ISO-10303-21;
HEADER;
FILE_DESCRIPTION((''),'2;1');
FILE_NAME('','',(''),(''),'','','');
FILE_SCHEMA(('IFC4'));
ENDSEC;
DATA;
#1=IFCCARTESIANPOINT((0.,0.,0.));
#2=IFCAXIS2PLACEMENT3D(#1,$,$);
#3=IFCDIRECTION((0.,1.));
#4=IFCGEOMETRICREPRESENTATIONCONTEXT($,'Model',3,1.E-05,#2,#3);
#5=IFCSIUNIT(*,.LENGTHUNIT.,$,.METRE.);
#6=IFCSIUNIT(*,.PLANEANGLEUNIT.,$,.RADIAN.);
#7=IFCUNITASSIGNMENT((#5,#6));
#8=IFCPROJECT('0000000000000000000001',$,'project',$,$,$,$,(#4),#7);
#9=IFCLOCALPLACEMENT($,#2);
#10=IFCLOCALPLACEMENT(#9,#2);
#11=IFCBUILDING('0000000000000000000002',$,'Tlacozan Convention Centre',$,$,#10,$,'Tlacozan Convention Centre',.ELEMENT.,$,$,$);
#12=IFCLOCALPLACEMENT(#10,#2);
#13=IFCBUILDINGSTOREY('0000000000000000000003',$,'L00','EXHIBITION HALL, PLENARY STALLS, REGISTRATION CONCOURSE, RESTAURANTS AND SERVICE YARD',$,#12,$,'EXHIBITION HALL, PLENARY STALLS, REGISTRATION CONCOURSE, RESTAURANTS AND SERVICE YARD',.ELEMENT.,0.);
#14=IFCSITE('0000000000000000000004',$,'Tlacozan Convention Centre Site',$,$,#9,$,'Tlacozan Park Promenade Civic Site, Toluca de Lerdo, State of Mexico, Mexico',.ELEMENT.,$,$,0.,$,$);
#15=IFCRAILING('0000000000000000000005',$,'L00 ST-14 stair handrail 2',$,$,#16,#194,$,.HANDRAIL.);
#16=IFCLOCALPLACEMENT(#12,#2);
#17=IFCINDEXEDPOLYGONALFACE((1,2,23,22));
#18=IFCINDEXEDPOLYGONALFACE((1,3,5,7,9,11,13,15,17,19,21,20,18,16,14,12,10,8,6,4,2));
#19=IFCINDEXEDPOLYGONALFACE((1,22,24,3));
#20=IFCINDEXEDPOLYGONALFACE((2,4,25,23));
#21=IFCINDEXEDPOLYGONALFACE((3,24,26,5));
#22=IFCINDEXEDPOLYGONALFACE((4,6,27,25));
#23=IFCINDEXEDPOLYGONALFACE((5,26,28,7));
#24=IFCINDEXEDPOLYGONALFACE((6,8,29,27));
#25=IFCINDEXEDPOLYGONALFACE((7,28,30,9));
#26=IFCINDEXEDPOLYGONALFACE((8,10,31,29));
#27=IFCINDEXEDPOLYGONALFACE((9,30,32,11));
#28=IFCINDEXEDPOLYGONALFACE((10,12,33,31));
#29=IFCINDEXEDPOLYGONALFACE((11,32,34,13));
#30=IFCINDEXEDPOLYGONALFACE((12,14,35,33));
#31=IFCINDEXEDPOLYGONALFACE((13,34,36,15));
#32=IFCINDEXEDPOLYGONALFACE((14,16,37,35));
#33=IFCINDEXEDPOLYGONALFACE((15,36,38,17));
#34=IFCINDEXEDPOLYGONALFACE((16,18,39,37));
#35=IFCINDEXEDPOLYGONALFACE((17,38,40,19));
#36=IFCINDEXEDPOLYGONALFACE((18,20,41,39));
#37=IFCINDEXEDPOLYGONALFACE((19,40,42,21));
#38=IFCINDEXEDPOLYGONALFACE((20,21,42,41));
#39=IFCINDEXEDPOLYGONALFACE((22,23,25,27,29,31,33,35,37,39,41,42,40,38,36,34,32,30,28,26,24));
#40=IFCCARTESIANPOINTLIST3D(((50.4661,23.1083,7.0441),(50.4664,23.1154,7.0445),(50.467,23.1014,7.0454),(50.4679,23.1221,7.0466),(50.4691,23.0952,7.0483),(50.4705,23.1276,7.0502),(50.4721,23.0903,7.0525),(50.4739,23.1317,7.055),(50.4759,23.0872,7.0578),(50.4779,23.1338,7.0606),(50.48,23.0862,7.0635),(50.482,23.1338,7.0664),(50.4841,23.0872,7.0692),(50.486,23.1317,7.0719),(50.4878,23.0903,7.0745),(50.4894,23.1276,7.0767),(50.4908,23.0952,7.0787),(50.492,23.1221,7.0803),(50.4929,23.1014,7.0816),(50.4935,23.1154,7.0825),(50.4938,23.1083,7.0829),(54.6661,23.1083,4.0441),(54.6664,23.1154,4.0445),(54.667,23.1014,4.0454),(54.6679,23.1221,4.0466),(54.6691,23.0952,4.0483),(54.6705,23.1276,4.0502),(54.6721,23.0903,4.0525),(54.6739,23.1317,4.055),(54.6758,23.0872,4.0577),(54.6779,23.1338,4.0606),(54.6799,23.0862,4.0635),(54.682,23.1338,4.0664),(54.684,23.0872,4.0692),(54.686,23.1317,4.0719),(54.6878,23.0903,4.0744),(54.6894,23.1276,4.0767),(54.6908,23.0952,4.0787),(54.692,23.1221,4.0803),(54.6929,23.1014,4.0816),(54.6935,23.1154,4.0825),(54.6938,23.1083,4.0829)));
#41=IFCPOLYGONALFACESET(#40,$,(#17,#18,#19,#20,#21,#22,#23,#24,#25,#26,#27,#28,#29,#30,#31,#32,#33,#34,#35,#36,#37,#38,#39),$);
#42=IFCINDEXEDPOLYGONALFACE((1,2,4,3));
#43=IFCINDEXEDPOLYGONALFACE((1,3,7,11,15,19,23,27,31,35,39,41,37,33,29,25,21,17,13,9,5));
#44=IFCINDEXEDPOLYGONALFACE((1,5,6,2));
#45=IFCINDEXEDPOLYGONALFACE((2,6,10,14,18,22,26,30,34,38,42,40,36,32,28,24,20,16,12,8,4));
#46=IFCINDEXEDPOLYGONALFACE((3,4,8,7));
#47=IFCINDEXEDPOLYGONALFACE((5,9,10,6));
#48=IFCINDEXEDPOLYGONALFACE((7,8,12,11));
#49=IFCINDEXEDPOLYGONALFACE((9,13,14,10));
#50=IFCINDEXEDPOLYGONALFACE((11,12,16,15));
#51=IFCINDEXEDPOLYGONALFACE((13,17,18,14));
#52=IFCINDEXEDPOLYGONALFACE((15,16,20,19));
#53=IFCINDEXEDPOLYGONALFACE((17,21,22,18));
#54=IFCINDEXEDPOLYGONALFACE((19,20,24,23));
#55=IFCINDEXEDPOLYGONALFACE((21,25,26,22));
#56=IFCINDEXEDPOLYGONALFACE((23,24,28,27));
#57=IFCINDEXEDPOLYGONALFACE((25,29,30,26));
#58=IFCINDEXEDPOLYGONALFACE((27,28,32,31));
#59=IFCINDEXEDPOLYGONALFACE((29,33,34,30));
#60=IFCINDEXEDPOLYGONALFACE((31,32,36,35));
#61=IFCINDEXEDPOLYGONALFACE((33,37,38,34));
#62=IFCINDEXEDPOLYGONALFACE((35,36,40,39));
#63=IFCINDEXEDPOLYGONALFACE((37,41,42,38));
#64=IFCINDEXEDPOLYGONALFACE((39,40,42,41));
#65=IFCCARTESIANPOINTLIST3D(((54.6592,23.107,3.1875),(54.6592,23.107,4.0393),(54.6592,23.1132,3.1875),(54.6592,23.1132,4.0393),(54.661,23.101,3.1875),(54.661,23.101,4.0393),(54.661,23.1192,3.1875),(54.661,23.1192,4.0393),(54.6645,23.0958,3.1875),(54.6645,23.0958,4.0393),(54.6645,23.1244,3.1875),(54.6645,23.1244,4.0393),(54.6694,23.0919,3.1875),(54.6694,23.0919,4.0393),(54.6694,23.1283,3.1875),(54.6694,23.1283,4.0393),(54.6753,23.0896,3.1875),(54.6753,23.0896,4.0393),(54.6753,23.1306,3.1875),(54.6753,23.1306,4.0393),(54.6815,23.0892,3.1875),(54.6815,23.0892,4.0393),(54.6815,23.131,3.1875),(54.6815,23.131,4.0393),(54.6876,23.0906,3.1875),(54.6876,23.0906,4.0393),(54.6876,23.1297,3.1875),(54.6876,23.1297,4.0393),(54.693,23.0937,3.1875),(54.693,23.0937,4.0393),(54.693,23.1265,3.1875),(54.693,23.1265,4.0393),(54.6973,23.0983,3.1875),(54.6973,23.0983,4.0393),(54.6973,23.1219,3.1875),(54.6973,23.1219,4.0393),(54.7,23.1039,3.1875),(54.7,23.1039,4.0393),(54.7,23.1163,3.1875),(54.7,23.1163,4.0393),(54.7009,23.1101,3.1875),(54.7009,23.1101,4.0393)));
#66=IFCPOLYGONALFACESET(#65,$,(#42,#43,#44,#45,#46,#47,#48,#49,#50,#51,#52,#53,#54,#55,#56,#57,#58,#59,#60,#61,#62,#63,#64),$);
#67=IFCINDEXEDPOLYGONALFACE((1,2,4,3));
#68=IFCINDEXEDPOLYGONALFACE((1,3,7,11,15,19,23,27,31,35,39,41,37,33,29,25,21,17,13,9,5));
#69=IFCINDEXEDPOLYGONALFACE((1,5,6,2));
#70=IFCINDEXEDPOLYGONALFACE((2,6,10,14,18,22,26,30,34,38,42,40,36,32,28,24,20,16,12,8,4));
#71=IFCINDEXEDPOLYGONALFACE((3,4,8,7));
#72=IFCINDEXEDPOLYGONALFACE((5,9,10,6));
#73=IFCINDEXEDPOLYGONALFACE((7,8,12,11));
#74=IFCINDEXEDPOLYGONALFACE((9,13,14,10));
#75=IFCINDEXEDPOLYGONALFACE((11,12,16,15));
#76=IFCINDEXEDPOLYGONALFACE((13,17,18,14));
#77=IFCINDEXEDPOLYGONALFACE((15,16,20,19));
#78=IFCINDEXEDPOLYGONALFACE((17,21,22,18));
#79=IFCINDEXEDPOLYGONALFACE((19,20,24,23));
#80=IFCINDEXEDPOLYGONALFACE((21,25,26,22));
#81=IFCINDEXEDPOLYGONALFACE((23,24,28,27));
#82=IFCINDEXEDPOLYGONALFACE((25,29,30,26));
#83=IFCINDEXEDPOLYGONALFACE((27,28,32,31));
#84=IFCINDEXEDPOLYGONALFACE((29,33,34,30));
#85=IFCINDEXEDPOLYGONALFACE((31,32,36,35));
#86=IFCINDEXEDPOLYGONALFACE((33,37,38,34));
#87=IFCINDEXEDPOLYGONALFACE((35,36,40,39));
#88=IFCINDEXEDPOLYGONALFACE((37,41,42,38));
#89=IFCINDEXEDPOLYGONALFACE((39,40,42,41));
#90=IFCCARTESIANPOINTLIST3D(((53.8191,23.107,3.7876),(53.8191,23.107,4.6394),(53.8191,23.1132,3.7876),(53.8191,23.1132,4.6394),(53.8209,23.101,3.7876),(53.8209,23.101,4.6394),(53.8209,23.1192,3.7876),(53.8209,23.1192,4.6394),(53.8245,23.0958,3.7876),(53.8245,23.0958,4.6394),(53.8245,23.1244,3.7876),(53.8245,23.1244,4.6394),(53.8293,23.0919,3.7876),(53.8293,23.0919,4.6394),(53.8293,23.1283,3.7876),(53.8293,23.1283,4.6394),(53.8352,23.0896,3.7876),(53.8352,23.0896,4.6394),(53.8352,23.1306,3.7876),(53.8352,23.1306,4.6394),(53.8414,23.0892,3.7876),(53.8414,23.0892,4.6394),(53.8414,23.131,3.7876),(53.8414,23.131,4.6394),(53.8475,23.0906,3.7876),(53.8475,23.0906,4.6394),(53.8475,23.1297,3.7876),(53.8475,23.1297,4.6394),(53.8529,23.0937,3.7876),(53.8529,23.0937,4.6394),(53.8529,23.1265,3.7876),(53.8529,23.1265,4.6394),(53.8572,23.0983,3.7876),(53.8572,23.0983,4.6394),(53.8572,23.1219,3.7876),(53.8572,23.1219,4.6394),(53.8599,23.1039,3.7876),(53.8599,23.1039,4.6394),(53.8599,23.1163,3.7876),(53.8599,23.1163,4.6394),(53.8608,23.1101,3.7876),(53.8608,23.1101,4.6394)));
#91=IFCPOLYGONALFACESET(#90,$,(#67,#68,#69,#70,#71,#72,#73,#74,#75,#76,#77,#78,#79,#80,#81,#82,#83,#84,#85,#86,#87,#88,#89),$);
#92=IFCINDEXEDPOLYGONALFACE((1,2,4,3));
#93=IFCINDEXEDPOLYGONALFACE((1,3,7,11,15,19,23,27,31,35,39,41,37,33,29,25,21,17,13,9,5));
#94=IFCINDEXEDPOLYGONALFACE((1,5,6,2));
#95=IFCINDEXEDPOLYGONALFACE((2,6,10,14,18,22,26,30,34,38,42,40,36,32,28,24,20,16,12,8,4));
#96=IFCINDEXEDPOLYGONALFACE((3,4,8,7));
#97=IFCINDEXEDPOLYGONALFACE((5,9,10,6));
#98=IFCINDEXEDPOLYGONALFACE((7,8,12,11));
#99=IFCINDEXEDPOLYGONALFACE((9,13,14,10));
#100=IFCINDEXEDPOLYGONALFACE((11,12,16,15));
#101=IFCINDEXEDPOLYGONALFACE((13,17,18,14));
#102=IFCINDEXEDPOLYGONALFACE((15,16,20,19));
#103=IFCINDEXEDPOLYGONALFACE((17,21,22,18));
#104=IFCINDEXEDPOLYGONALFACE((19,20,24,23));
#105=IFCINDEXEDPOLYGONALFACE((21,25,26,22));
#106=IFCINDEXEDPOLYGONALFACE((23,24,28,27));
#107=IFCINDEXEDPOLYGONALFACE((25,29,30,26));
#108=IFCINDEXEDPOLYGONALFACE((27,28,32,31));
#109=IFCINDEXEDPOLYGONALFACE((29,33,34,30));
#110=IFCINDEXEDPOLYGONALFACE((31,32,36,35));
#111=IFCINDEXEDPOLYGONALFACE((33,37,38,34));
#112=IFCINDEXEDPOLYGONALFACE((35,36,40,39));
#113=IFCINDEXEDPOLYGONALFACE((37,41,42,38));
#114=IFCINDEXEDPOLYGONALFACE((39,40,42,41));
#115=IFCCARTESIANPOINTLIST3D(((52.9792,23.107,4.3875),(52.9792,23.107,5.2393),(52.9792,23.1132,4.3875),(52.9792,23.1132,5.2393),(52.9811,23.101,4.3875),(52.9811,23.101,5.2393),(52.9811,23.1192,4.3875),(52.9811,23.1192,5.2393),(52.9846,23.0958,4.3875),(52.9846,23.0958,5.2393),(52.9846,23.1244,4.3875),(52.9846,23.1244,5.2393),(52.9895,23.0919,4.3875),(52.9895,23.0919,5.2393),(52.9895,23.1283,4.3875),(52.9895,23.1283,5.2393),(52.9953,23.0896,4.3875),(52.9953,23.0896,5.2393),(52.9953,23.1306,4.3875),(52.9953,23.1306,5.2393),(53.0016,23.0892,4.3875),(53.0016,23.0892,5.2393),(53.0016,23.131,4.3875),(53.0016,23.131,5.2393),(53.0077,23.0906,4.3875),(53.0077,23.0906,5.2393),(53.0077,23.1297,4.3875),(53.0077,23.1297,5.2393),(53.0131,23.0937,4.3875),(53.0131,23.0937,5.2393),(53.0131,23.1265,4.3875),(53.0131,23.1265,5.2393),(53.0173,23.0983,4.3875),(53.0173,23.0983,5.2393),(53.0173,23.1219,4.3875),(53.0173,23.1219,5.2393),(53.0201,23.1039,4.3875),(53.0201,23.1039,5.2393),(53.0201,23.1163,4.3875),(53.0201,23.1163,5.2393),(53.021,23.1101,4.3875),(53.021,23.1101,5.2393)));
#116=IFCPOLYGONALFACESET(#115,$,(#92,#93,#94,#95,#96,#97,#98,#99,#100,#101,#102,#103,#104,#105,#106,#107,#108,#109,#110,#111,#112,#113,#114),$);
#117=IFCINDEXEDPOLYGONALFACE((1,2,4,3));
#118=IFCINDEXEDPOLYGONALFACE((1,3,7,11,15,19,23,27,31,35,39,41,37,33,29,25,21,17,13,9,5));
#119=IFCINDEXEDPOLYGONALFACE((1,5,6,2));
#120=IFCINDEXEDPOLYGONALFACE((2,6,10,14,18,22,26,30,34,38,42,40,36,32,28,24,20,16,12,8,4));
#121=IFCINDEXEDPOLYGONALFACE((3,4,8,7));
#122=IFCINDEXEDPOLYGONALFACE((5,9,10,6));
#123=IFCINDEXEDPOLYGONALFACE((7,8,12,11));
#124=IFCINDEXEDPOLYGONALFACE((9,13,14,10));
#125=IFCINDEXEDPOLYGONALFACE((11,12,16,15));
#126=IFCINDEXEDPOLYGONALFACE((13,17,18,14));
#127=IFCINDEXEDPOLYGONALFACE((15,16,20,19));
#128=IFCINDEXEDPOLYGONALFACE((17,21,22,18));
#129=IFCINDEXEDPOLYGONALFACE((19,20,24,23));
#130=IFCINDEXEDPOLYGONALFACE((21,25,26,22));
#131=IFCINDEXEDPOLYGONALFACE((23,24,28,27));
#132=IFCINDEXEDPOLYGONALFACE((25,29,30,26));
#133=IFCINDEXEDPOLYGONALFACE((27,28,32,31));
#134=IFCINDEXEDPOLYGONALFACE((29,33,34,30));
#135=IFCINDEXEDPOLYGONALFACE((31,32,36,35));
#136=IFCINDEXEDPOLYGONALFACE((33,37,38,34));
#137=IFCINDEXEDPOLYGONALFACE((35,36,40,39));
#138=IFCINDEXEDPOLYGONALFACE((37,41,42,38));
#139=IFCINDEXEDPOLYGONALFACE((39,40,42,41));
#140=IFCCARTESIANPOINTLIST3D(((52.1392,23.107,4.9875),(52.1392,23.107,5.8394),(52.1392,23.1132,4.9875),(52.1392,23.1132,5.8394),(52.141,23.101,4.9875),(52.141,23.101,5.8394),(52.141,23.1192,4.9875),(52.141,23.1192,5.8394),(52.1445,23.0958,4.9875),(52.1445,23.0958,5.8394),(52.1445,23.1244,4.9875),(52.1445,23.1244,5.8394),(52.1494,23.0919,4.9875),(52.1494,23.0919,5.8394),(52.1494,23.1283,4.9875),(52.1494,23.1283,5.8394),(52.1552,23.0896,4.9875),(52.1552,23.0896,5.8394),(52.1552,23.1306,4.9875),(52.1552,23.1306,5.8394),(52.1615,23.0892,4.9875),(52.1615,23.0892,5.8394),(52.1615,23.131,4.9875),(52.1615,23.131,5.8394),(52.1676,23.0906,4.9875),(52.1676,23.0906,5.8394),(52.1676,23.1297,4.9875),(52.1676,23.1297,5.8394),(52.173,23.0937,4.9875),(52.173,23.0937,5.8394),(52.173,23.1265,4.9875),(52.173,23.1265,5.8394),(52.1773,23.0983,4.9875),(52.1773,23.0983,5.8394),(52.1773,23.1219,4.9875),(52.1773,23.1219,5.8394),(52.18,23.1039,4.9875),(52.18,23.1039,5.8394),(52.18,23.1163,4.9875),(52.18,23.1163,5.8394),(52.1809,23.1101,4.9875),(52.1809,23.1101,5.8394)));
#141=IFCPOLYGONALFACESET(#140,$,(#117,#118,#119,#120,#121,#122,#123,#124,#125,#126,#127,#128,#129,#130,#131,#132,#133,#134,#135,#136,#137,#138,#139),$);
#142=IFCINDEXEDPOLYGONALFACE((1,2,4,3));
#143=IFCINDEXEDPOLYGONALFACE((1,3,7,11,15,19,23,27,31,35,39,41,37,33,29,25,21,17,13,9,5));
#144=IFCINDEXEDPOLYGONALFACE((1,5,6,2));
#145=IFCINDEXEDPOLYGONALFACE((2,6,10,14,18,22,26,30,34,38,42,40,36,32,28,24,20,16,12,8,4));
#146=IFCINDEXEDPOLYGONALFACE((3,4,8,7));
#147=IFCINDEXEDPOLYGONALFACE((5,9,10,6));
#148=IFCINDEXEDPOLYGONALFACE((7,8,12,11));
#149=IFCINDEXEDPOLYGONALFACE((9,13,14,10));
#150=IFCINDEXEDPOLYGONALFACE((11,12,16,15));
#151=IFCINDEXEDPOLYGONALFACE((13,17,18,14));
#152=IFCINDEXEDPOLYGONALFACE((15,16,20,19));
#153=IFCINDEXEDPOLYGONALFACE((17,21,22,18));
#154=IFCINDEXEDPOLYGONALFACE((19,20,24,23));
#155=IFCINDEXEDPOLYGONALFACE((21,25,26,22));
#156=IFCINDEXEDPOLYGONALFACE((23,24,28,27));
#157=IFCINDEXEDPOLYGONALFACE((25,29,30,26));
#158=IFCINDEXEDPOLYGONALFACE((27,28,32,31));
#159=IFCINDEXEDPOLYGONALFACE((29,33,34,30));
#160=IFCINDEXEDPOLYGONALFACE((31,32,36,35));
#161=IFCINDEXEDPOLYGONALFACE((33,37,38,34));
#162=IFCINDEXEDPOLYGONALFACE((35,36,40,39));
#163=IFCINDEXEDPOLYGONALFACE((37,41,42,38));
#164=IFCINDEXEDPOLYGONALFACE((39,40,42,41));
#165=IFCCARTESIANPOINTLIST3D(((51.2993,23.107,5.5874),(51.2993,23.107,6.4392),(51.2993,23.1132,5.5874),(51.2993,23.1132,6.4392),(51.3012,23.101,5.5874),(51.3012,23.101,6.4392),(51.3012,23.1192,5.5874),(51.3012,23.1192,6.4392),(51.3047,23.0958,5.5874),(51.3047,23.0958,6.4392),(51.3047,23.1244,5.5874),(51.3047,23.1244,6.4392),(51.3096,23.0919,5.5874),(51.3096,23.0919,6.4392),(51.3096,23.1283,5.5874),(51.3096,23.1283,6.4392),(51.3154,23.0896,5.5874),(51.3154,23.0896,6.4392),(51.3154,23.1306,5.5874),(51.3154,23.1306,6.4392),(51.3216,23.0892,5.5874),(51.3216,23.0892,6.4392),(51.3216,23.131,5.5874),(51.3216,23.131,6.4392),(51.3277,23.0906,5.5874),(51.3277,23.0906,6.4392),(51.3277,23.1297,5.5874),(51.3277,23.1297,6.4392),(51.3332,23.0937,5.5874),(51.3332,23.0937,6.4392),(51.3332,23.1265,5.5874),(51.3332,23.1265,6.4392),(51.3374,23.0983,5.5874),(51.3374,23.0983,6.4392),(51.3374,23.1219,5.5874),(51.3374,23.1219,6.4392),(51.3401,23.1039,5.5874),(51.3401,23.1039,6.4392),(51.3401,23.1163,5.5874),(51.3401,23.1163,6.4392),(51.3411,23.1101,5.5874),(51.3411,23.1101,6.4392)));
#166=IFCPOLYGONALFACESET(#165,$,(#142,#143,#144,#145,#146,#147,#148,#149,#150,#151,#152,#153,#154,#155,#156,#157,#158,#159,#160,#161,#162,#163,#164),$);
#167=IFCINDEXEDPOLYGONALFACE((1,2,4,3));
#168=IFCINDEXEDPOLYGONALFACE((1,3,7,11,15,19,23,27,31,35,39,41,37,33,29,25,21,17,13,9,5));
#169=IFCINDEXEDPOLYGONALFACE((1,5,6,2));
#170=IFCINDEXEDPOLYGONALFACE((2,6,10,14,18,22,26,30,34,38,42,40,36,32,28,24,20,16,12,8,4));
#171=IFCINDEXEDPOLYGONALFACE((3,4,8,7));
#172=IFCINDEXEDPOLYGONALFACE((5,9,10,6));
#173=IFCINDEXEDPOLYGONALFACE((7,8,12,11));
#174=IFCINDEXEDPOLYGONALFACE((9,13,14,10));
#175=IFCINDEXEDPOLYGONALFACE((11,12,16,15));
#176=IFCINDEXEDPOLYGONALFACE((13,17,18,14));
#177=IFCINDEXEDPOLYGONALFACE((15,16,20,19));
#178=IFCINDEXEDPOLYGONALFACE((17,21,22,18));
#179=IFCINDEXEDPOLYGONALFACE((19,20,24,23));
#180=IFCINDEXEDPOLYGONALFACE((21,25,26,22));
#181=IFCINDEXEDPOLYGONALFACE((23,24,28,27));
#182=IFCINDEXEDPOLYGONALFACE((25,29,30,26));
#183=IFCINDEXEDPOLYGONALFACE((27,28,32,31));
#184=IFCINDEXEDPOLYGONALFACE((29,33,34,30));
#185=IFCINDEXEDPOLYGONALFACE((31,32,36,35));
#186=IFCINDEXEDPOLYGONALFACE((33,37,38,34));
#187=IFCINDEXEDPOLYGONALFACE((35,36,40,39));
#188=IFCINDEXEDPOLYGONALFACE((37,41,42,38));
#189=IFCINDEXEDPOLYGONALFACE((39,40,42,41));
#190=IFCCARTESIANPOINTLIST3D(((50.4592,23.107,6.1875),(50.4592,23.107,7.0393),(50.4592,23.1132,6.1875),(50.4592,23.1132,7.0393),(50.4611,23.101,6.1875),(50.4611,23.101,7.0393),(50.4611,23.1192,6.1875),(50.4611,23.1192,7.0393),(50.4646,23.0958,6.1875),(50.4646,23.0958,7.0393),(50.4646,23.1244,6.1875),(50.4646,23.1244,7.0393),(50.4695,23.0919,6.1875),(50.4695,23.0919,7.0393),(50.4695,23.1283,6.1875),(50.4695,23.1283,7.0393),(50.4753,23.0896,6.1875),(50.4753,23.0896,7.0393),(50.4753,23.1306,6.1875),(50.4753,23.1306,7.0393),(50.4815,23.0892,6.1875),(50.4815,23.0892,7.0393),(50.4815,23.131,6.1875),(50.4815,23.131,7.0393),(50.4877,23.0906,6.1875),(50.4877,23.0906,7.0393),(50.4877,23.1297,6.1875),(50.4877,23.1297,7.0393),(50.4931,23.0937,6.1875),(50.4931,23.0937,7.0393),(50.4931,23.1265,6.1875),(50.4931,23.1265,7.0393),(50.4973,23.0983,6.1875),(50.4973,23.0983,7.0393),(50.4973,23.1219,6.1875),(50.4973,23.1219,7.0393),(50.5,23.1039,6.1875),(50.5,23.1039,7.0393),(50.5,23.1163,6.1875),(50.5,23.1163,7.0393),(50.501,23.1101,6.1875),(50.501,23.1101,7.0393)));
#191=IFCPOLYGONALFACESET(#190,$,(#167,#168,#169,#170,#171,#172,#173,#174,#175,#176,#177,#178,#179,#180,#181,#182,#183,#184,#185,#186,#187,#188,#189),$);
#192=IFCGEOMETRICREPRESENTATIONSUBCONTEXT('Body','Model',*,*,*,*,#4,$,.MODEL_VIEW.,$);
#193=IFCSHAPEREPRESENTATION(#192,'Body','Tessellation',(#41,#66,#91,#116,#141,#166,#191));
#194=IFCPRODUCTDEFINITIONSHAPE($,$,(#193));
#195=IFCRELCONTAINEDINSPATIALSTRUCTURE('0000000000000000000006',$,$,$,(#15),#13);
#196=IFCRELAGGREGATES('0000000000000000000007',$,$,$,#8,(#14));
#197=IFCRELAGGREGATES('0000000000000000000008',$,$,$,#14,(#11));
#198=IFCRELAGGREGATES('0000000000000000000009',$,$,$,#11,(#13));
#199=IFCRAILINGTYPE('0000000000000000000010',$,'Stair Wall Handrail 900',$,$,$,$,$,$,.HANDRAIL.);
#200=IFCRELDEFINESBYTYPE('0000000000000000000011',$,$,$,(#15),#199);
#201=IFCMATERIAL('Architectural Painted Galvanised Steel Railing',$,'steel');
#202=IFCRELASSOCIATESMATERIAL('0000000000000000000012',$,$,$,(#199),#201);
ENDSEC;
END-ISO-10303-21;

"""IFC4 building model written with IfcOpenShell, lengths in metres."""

from ifc_helpers import new_model, si_unit, direction, frame, origin, origin_2d, place, context, subcontext, project, spatial, circle, extrude, material, type_object, element, save


model = new_model("IFC4")

# Units and contexts
model_context = context("Model", 3, precision=1e-05, world=origin(), true_north=direction((0.0, 1.0)))
body_context = subcontext(model_context, "Body", "Model", "MODEL_VIEW")
ifc_project = project(units=[si_unit("LENGTHUNIT", "METRE"), si_unit("PLANEANGLEUNIT", "RADIAN")], contexts=[model_context])

# Site, building, storey
site_placement = place(None, origin())
site = spatial("IfcSite", under=ifc_project, at=site_placement, Name="Tlacozan Convention Centre Site", LongName="Tlacozan Park Promenade Civic Site, Toluca de Lerdo, State of Mexico, Mexico", CompositionType="ELEMENT", RefElevation=0.0)
building_placement = place(site_placement, origin())
building = spatial("IfcBuilding", under=site, at=building_placement, Name="Tlacozan Convention Centre", LongName="Tlacozan Convention Centre", CompositionType="ELEMENT")
storey_placement = place(building_placement, origin())
storey = spatial("IfcBuildingStorey", under=building, at=storey_placement, Name="L00", Description="EXHIBITION HALL, PLENARY STALLS, REGISTRATION CONCOURSE, RESTAURANTS AND SERVICE YARD", LongName="EXHIBITION HALL, PLENARY STALLS, REGISTRATION CONCOURSE, RESTAURANTS AND SERVICE YARD", CompositionType="ELEMENT", Elevation=0.0)

# Railing
ifc_material_1 = material(Name="Architectural Painted Galvanised Steel Railing", Category="steel")
railing_type_1 = type_object("IfcRailingType", Name="Stair Wall Handrail 900", PredefinedType="HANDRAIL", material=ifc_material_1)
railing_1_placement = place(storey_placement, frame((54.6799, 23.1101, 3.1875)))
element("IfcRailing", 1, at=railing_1_placement, inside=storey, type_object=railing_type_1, Name="L00 ST-14 stair handrail 2", PredefinedType="HANDRAIL", context=body_context, shape_type="SweptSolid", body=[
    extrude(circle(Radius=0.0239, at=origin_2d()), frame((0.0, 0.0, 0.876), z_axis=(-0.81373, 0.0, 0.581243), x_axis=(0.0, -1.0, 0.0)), (0.0, 0.0, 1.0), 5.1614),
    extrude(circle(Radius=0.021, at=origin_2d()), origin(), (0.0, 0.0, 1.0), 0.8518),
    extrude(circle(Radius=0.021, at=origin_2d()), frame((-0.8401, 0.0, 0.6001)), (0.0, 0.0, 1.0), 0.8518),
    extrude(circle(Radius=0.021, at=origin_2d()), frame((-1.6799, 0.0, 1.2)), (0.0, 0.0, 1.0), 0.8518),
    extrude(circle(Radius=0.021, at=origin_2d()), frame((-2.52, 0.0, 1.8)), (0.0, 0.0, 1.0), 0.8518),
    extrude(circle(Radius=0.021, at=origin_2d()), frame((-3.3599, 0.0, 2.3999)), (0.0, 0.0, 1.0), 0.8518),
    extrude(circle(Radius=0.021, at=origin_2d()), frame((-4.2, 0.0, 3.0)), (0.0, 0.0, 1.0), 0.8518),
])

save(model, "model.ifc")
